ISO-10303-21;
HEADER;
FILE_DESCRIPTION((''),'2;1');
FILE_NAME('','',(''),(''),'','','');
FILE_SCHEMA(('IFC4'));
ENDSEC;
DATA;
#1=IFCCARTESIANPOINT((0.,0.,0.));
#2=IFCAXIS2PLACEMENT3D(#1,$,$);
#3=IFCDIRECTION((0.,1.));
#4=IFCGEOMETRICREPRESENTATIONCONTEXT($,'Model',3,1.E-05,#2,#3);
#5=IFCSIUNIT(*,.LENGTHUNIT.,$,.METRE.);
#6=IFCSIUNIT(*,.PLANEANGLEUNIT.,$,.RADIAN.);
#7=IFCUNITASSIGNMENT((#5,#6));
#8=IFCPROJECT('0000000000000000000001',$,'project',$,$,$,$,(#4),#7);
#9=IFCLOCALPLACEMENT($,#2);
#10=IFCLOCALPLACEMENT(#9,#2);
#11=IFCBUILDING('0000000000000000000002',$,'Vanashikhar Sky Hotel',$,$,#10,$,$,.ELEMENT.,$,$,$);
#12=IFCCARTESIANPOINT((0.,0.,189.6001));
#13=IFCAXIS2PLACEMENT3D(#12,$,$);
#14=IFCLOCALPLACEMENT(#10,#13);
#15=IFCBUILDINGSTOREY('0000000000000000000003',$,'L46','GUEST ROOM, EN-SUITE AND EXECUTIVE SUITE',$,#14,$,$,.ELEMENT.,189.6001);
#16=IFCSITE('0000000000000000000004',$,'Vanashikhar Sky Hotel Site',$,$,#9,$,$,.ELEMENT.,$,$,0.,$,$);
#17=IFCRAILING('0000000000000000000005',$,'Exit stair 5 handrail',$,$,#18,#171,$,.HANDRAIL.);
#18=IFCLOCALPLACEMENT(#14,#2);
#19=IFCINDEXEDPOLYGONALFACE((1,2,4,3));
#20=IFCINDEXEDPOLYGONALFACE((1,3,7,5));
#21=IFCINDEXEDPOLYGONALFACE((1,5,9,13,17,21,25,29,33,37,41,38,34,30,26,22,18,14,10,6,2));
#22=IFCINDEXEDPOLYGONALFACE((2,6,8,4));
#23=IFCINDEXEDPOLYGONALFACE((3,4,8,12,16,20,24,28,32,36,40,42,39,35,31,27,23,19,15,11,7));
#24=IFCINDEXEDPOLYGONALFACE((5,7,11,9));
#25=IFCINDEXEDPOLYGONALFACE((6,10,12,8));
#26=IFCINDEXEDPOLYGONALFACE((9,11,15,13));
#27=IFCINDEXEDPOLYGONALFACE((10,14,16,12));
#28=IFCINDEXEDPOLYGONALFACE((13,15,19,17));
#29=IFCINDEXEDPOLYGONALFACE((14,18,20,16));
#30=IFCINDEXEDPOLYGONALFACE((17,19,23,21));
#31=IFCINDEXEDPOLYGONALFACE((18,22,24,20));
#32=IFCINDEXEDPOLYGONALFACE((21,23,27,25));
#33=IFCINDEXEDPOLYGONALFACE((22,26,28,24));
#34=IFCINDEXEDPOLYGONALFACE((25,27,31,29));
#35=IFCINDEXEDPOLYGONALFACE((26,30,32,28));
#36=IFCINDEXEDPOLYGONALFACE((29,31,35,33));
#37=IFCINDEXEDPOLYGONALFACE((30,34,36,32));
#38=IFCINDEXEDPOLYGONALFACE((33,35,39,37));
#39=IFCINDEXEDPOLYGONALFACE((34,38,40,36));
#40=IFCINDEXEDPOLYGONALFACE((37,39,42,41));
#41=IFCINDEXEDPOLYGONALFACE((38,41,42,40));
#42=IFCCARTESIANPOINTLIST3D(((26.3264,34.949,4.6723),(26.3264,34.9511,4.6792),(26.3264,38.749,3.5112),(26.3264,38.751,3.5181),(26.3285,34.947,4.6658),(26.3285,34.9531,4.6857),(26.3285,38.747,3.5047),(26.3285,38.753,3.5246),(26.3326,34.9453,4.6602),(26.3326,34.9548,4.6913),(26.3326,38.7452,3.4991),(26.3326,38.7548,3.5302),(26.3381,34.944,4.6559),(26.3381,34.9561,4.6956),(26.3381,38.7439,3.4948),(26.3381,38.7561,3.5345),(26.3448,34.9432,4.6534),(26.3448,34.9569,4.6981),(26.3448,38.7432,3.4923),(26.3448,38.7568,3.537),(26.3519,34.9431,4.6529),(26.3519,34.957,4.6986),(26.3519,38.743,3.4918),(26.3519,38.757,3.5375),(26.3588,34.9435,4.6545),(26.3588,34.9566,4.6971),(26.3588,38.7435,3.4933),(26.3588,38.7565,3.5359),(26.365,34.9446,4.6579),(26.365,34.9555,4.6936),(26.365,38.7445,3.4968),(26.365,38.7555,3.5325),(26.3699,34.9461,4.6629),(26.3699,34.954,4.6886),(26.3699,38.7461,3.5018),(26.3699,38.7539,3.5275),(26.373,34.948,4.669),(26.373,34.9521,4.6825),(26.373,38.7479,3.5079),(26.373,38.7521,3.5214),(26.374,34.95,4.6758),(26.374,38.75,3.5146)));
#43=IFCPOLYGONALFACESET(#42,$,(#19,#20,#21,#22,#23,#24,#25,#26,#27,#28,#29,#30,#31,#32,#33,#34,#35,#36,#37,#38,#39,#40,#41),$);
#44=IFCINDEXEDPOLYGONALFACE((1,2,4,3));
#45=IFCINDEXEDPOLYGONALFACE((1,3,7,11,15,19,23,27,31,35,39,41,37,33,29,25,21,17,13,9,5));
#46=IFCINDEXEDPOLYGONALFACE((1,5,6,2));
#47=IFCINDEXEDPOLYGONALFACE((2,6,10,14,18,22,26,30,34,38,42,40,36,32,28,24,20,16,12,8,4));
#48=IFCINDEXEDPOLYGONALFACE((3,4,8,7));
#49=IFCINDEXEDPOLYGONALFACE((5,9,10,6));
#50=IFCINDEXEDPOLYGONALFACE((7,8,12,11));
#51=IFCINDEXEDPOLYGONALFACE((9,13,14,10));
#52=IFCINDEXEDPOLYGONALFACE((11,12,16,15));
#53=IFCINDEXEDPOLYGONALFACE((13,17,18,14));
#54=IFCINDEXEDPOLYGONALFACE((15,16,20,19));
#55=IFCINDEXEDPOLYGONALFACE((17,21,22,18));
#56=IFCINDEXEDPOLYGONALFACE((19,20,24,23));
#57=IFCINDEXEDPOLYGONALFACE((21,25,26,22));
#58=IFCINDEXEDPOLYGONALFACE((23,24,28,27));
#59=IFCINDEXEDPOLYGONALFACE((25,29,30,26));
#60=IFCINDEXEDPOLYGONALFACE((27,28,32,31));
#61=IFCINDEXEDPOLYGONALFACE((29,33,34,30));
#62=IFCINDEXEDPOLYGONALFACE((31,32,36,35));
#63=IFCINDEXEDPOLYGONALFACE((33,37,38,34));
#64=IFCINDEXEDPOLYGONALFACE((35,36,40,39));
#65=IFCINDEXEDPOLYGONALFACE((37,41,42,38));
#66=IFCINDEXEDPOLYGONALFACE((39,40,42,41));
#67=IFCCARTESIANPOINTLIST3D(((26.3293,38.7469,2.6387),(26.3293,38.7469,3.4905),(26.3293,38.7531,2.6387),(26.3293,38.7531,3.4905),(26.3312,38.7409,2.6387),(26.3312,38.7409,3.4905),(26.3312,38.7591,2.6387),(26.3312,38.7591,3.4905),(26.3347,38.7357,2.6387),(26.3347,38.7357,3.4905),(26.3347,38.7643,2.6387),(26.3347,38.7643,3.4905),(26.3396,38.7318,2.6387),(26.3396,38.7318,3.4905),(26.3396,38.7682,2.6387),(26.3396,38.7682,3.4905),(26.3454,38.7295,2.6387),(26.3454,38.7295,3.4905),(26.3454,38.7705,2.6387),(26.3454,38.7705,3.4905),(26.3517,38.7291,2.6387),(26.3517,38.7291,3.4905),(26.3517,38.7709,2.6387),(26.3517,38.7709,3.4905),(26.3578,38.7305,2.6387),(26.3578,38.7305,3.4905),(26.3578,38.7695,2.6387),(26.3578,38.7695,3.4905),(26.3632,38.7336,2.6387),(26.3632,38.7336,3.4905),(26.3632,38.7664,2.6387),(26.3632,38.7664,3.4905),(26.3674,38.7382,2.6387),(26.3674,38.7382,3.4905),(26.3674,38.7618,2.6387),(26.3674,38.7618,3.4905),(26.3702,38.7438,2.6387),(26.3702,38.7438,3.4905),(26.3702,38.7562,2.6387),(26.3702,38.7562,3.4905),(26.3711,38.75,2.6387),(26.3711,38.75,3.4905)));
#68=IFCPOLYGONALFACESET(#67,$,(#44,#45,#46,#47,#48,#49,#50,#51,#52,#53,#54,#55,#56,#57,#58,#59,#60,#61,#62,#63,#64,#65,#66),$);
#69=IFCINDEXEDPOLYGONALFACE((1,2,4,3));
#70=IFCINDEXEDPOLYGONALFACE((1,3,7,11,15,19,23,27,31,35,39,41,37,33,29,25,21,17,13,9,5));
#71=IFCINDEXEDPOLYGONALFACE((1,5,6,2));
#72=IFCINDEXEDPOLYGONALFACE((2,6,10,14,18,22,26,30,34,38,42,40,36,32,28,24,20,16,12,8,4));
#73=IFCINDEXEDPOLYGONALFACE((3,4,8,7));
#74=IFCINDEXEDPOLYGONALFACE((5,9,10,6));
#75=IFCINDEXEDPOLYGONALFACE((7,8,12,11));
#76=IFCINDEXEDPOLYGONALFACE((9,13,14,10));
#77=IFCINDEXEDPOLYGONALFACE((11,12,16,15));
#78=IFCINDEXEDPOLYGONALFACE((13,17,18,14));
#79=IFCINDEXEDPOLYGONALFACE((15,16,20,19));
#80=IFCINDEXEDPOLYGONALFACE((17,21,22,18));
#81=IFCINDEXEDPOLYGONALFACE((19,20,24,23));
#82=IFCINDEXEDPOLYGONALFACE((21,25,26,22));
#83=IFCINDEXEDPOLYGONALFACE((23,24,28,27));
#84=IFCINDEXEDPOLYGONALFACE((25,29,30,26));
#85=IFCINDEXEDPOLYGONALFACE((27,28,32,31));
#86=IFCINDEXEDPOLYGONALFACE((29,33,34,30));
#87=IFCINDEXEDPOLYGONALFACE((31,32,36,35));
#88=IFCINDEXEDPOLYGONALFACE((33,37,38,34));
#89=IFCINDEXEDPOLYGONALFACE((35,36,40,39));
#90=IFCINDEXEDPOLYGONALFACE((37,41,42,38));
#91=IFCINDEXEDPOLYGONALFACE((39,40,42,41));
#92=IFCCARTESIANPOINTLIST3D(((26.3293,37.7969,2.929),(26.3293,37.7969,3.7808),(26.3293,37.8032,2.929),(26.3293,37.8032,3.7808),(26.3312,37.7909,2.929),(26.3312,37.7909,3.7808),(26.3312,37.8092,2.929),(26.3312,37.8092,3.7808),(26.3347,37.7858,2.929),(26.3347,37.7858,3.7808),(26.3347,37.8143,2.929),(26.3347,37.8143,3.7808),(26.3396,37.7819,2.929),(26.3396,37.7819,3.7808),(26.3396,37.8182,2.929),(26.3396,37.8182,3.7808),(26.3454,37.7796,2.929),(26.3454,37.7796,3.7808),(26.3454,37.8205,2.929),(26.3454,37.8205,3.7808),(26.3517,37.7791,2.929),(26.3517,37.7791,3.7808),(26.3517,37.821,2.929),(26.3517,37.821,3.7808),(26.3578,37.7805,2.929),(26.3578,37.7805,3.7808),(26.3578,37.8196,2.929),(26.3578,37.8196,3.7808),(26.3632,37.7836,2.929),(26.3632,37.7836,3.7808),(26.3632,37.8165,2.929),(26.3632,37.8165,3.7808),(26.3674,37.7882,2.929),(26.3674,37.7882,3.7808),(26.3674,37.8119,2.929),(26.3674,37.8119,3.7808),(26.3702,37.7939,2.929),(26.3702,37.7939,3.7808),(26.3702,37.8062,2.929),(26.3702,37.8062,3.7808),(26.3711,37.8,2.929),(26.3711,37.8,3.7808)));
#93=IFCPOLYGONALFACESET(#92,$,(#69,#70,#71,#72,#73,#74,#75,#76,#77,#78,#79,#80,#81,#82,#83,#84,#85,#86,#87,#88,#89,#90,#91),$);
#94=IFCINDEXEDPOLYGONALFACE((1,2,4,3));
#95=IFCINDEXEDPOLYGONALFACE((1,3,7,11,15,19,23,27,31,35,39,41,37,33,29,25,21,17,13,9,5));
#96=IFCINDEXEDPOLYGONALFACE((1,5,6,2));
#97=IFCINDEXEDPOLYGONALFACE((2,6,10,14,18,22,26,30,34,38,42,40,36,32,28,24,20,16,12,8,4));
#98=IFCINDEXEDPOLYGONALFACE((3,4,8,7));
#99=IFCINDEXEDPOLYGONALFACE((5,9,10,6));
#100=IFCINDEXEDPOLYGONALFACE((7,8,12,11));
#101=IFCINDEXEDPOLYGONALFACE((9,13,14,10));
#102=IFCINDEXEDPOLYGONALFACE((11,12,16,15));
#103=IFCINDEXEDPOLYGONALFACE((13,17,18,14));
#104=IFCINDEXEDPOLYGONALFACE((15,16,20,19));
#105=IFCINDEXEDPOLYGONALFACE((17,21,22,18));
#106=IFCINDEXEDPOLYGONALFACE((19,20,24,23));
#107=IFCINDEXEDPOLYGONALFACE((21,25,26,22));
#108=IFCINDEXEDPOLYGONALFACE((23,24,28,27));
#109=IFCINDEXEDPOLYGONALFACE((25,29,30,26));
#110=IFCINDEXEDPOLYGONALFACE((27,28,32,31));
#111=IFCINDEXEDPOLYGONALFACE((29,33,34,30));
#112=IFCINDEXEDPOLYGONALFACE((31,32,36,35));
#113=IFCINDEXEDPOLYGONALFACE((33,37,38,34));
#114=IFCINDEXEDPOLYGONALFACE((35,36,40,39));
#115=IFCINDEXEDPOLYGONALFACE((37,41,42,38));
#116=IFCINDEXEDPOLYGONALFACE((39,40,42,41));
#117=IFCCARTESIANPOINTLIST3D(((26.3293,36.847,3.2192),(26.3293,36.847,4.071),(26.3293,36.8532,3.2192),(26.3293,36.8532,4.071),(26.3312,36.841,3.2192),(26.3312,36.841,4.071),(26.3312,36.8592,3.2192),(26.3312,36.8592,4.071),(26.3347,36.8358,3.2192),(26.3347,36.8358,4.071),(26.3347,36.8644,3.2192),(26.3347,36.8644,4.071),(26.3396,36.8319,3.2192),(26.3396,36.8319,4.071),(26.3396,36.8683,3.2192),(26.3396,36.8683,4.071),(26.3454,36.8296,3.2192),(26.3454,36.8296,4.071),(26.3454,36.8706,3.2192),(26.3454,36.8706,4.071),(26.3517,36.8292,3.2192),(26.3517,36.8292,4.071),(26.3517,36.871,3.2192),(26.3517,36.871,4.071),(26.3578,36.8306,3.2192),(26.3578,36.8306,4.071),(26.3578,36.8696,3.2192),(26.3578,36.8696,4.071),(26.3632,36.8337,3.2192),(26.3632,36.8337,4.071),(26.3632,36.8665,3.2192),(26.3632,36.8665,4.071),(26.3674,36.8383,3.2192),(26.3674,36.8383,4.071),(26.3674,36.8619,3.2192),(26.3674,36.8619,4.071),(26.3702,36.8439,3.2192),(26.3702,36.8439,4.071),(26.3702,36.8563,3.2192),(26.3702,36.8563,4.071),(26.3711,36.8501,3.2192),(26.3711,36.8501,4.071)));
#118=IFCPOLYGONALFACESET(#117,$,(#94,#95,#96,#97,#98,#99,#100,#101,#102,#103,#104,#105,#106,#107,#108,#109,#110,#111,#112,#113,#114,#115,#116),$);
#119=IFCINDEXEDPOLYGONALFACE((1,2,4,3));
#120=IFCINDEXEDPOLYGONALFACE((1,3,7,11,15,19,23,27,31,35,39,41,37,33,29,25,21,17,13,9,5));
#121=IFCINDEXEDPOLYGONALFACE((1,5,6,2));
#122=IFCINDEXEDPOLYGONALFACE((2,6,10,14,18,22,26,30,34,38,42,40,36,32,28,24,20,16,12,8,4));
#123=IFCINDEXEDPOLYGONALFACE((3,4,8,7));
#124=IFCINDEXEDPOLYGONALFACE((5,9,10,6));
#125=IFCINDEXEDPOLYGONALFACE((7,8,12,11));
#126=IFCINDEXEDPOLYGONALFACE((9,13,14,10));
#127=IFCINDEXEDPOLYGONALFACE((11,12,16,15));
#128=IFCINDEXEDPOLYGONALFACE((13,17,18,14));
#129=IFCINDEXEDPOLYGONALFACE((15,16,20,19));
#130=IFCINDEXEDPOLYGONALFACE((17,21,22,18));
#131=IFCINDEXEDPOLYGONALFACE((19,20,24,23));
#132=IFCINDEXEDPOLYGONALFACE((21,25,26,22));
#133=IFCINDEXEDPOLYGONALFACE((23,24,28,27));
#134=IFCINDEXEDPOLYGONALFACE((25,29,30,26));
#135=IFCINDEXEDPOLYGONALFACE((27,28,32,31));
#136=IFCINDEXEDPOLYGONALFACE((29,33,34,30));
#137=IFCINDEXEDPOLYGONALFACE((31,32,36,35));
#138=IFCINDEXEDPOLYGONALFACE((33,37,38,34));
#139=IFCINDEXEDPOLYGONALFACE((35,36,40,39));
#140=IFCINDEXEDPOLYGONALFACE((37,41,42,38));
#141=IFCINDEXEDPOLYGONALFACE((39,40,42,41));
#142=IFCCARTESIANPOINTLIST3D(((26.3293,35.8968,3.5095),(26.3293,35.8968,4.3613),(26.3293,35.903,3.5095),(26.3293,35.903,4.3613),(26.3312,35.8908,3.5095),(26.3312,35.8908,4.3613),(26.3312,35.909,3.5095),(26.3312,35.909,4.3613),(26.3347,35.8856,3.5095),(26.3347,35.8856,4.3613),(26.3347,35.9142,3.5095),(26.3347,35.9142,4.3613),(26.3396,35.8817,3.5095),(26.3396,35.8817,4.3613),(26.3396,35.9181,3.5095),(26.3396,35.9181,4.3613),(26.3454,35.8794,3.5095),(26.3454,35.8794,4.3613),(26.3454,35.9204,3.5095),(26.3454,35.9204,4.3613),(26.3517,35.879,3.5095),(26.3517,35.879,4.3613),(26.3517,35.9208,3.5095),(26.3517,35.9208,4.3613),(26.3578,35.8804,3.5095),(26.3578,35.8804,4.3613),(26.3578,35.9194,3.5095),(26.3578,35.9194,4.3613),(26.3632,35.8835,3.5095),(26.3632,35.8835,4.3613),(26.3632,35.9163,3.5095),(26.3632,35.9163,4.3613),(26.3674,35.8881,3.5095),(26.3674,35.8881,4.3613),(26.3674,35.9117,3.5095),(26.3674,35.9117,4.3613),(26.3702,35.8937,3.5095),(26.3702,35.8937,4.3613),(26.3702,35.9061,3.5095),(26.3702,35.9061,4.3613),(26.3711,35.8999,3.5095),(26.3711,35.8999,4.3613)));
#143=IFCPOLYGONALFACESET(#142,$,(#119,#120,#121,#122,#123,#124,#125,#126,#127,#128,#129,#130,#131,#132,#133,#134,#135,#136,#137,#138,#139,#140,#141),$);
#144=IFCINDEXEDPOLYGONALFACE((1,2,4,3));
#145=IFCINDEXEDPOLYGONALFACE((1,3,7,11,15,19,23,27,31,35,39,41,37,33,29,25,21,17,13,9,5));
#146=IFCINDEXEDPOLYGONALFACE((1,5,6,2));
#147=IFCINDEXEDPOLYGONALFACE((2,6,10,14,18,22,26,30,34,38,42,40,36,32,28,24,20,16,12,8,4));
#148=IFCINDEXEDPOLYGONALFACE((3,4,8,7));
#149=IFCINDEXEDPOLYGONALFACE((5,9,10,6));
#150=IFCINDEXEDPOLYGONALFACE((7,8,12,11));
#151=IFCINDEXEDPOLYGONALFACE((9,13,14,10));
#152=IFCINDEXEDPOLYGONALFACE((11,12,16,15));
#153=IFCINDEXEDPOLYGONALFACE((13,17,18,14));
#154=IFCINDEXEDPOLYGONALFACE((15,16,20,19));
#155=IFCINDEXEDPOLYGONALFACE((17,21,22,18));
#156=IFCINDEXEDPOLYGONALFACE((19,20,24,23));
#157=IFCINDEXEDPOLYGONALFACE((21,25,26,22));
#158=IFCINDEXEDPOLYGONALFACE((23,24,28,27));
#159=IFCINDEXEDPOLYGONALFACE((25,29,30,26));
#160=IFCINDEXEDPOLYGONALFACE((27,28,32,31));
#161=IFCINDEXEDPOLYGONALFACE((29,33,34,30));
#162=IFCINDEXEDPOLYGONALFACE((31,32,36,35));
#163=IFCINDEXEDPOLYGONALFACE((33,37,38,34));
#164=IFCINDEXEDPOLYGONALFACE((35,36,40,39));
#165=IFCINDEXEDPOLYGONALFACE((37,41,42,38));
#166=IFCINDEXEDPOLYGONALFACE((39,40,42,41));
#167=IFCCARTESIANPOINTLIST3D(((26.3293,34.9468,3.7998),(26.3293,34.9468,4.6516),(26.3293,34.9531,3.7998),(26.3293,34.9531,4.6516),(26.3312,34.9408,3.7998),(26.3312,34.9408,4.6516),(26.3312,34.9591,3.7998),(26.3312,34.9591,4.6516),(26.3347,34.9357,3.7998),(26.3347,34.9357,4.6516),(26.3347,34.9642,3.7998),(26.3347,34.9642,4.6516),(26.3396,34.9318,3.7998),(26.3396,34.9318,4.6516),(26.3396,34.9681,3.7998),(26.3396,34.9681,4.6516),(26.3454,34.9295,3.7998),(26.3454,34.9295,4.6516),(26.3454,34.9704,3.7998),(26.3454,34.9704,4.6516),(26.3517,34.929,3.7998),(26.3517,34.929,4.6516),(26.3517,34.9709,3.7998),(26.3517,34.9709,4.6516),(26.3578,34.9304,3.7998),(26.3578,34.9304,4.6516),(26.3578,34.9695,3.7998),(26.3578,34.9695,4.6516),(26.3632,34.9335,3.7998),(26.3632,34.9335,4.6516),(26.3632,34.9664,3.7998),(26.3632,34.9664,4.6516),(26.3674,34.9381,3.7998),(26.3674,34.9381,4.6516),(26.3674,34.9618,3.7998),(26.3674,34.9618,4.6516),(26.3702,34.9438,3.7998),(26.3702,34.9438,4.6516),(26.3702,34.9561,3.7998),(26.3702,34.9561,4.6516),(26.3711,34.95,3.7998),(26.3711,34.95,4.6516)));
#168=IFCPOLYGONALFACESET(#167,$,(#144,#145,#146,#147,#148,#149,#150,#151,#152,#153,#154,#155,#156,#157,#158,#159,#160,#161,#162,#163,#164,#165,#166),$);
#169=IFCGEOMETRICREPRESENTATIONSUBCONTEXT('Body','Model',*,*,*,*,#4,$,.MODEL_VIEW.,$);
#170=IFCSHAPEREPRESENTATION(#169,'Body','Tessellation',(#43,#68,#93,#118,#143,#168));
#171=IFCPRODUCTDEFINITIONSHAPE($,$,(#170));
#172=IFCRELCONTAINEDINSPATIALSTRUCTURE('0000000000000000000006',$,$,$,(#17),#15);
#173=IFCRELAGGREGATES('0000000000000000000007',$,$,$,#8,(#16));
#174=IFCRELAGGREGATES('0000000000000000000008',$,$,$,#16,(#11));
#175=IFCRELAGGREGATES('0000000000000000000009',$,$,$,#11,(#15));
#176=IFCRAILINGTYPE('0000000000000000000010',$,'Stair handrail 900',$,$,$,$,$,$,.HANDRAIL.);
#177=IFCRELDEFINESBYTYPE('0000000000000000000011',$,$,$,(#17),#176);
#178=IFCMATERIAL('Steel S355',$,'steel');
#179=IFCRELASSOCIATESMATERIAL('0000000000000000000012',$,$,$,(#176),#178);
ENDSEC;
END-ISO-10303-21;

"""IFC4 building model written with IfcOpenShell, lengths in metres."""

from ifc_helpers import new_model, si_unit, direction, frame, origin, origin_2d, place, context, subcontext, project, spatial, circle, extrude, source, transform, mapped, material, type_object, element, save


model = new_model("IFC4")

# Units and contexts
model_context = context("Model", 3, precision=1e-05, world=origin(), true_north=direction((0.0, 1.0)))
body_context = subcontext(model_context, "Body", "Model", "MODEL_VIEW")
ifc_project = project(units=[si_unit("LENGTHUNIT", "METRE"), si_unit("PLANEANGLEUNIT", "RADIAN")], contexts=[model_context])

# Site, building, storey
site_placement = place(None, origin())
site = spatial("IfcSite", under=ifc_project, at=site_placement, Name="Vanashikhar Sky Hotel Site", CompositionType="ELEMENT", RefElevation=0.0)
building_placement = place(site_placement, origin())
building = spatial("IfcBuilding", under=site, at=building_placement, Name="Vanashikhar Sky Hotel", CompositionType="ELEMENT")
storey_placement = place(building_placement, frame((0.0, 0.0, 189.6001)))
storey = spatial("IfcBuildingStorey", under=building, at=storey_placement, Name="L46", Description="GUEST ROOM, EN-SUITE AND EXECUTIVE SUITE", CompositionType="ELEMENT", Elevation=189.6001)

# Railing
ifc_material_1 = material(Name="Steel S355", Category="steel")
railing_type_1 = type_object("IfcRailingType", Name="Stair handrail 900", PredefinedType="HANDRAIL", material=ifc_material_1)
shared_shape_1 = source(origin(), body_context, "Body", "SweptSolid", [
    extrude(circle(Radius=0.0239, at=origin_2d()), frame((0.0, 0.0, 0.876), z_axis=(0.0, -0.956351, 0.29222), x_axis=(1.0, 0.0, 0.0)), (0.0, 0.0, 1.0), 3.9734),
    extrude(circle(Radius=0.021, at=origin_2d()), origin(), (0.0, 0.0, 1.0), 0.8518),
    extrude(circle(Radius=0.021, at=origin_2d()), frame((0.0, -0.95, 0.2903)), (0.0, 0.0, 1.0), 0.8518),
    extrude(circle(Radius=0.021, at=origin_2d()), frame((0.0, -1.8999, 0.5806)), (0.0, 0.0, 1.0), 0.8518),
    extrude(circle(Radius=0.021, at=origin_2d()), frame((0.0, -2.8501, 0.8708)), (0.0, 0.0, 1.0), 0.8518),
    extrude(circle(Radius=0.021, at=origin_2d()), frame((0.0, -3.8, 1.1611)), (0.0, 0.0, 1.0), 0.8518),
])
for number, where, name in (
    (1, (26.3501, 38.75, 2.6387), "Exit stair 5 handrail"),
):
    element("IfcRailing", number, at=place(storey_placement, frame(where)), inside=storey, type_object=railing_type_1, Name=name, PredefinedType="HANDRAIL", context=body_context, shape_type="MappedRepresentation", body=[
        mapped(shared_shape_1, transform((0.0, 0.0, 0.0), scale=1.0)),
    ])

save(model, "model.ifc")
